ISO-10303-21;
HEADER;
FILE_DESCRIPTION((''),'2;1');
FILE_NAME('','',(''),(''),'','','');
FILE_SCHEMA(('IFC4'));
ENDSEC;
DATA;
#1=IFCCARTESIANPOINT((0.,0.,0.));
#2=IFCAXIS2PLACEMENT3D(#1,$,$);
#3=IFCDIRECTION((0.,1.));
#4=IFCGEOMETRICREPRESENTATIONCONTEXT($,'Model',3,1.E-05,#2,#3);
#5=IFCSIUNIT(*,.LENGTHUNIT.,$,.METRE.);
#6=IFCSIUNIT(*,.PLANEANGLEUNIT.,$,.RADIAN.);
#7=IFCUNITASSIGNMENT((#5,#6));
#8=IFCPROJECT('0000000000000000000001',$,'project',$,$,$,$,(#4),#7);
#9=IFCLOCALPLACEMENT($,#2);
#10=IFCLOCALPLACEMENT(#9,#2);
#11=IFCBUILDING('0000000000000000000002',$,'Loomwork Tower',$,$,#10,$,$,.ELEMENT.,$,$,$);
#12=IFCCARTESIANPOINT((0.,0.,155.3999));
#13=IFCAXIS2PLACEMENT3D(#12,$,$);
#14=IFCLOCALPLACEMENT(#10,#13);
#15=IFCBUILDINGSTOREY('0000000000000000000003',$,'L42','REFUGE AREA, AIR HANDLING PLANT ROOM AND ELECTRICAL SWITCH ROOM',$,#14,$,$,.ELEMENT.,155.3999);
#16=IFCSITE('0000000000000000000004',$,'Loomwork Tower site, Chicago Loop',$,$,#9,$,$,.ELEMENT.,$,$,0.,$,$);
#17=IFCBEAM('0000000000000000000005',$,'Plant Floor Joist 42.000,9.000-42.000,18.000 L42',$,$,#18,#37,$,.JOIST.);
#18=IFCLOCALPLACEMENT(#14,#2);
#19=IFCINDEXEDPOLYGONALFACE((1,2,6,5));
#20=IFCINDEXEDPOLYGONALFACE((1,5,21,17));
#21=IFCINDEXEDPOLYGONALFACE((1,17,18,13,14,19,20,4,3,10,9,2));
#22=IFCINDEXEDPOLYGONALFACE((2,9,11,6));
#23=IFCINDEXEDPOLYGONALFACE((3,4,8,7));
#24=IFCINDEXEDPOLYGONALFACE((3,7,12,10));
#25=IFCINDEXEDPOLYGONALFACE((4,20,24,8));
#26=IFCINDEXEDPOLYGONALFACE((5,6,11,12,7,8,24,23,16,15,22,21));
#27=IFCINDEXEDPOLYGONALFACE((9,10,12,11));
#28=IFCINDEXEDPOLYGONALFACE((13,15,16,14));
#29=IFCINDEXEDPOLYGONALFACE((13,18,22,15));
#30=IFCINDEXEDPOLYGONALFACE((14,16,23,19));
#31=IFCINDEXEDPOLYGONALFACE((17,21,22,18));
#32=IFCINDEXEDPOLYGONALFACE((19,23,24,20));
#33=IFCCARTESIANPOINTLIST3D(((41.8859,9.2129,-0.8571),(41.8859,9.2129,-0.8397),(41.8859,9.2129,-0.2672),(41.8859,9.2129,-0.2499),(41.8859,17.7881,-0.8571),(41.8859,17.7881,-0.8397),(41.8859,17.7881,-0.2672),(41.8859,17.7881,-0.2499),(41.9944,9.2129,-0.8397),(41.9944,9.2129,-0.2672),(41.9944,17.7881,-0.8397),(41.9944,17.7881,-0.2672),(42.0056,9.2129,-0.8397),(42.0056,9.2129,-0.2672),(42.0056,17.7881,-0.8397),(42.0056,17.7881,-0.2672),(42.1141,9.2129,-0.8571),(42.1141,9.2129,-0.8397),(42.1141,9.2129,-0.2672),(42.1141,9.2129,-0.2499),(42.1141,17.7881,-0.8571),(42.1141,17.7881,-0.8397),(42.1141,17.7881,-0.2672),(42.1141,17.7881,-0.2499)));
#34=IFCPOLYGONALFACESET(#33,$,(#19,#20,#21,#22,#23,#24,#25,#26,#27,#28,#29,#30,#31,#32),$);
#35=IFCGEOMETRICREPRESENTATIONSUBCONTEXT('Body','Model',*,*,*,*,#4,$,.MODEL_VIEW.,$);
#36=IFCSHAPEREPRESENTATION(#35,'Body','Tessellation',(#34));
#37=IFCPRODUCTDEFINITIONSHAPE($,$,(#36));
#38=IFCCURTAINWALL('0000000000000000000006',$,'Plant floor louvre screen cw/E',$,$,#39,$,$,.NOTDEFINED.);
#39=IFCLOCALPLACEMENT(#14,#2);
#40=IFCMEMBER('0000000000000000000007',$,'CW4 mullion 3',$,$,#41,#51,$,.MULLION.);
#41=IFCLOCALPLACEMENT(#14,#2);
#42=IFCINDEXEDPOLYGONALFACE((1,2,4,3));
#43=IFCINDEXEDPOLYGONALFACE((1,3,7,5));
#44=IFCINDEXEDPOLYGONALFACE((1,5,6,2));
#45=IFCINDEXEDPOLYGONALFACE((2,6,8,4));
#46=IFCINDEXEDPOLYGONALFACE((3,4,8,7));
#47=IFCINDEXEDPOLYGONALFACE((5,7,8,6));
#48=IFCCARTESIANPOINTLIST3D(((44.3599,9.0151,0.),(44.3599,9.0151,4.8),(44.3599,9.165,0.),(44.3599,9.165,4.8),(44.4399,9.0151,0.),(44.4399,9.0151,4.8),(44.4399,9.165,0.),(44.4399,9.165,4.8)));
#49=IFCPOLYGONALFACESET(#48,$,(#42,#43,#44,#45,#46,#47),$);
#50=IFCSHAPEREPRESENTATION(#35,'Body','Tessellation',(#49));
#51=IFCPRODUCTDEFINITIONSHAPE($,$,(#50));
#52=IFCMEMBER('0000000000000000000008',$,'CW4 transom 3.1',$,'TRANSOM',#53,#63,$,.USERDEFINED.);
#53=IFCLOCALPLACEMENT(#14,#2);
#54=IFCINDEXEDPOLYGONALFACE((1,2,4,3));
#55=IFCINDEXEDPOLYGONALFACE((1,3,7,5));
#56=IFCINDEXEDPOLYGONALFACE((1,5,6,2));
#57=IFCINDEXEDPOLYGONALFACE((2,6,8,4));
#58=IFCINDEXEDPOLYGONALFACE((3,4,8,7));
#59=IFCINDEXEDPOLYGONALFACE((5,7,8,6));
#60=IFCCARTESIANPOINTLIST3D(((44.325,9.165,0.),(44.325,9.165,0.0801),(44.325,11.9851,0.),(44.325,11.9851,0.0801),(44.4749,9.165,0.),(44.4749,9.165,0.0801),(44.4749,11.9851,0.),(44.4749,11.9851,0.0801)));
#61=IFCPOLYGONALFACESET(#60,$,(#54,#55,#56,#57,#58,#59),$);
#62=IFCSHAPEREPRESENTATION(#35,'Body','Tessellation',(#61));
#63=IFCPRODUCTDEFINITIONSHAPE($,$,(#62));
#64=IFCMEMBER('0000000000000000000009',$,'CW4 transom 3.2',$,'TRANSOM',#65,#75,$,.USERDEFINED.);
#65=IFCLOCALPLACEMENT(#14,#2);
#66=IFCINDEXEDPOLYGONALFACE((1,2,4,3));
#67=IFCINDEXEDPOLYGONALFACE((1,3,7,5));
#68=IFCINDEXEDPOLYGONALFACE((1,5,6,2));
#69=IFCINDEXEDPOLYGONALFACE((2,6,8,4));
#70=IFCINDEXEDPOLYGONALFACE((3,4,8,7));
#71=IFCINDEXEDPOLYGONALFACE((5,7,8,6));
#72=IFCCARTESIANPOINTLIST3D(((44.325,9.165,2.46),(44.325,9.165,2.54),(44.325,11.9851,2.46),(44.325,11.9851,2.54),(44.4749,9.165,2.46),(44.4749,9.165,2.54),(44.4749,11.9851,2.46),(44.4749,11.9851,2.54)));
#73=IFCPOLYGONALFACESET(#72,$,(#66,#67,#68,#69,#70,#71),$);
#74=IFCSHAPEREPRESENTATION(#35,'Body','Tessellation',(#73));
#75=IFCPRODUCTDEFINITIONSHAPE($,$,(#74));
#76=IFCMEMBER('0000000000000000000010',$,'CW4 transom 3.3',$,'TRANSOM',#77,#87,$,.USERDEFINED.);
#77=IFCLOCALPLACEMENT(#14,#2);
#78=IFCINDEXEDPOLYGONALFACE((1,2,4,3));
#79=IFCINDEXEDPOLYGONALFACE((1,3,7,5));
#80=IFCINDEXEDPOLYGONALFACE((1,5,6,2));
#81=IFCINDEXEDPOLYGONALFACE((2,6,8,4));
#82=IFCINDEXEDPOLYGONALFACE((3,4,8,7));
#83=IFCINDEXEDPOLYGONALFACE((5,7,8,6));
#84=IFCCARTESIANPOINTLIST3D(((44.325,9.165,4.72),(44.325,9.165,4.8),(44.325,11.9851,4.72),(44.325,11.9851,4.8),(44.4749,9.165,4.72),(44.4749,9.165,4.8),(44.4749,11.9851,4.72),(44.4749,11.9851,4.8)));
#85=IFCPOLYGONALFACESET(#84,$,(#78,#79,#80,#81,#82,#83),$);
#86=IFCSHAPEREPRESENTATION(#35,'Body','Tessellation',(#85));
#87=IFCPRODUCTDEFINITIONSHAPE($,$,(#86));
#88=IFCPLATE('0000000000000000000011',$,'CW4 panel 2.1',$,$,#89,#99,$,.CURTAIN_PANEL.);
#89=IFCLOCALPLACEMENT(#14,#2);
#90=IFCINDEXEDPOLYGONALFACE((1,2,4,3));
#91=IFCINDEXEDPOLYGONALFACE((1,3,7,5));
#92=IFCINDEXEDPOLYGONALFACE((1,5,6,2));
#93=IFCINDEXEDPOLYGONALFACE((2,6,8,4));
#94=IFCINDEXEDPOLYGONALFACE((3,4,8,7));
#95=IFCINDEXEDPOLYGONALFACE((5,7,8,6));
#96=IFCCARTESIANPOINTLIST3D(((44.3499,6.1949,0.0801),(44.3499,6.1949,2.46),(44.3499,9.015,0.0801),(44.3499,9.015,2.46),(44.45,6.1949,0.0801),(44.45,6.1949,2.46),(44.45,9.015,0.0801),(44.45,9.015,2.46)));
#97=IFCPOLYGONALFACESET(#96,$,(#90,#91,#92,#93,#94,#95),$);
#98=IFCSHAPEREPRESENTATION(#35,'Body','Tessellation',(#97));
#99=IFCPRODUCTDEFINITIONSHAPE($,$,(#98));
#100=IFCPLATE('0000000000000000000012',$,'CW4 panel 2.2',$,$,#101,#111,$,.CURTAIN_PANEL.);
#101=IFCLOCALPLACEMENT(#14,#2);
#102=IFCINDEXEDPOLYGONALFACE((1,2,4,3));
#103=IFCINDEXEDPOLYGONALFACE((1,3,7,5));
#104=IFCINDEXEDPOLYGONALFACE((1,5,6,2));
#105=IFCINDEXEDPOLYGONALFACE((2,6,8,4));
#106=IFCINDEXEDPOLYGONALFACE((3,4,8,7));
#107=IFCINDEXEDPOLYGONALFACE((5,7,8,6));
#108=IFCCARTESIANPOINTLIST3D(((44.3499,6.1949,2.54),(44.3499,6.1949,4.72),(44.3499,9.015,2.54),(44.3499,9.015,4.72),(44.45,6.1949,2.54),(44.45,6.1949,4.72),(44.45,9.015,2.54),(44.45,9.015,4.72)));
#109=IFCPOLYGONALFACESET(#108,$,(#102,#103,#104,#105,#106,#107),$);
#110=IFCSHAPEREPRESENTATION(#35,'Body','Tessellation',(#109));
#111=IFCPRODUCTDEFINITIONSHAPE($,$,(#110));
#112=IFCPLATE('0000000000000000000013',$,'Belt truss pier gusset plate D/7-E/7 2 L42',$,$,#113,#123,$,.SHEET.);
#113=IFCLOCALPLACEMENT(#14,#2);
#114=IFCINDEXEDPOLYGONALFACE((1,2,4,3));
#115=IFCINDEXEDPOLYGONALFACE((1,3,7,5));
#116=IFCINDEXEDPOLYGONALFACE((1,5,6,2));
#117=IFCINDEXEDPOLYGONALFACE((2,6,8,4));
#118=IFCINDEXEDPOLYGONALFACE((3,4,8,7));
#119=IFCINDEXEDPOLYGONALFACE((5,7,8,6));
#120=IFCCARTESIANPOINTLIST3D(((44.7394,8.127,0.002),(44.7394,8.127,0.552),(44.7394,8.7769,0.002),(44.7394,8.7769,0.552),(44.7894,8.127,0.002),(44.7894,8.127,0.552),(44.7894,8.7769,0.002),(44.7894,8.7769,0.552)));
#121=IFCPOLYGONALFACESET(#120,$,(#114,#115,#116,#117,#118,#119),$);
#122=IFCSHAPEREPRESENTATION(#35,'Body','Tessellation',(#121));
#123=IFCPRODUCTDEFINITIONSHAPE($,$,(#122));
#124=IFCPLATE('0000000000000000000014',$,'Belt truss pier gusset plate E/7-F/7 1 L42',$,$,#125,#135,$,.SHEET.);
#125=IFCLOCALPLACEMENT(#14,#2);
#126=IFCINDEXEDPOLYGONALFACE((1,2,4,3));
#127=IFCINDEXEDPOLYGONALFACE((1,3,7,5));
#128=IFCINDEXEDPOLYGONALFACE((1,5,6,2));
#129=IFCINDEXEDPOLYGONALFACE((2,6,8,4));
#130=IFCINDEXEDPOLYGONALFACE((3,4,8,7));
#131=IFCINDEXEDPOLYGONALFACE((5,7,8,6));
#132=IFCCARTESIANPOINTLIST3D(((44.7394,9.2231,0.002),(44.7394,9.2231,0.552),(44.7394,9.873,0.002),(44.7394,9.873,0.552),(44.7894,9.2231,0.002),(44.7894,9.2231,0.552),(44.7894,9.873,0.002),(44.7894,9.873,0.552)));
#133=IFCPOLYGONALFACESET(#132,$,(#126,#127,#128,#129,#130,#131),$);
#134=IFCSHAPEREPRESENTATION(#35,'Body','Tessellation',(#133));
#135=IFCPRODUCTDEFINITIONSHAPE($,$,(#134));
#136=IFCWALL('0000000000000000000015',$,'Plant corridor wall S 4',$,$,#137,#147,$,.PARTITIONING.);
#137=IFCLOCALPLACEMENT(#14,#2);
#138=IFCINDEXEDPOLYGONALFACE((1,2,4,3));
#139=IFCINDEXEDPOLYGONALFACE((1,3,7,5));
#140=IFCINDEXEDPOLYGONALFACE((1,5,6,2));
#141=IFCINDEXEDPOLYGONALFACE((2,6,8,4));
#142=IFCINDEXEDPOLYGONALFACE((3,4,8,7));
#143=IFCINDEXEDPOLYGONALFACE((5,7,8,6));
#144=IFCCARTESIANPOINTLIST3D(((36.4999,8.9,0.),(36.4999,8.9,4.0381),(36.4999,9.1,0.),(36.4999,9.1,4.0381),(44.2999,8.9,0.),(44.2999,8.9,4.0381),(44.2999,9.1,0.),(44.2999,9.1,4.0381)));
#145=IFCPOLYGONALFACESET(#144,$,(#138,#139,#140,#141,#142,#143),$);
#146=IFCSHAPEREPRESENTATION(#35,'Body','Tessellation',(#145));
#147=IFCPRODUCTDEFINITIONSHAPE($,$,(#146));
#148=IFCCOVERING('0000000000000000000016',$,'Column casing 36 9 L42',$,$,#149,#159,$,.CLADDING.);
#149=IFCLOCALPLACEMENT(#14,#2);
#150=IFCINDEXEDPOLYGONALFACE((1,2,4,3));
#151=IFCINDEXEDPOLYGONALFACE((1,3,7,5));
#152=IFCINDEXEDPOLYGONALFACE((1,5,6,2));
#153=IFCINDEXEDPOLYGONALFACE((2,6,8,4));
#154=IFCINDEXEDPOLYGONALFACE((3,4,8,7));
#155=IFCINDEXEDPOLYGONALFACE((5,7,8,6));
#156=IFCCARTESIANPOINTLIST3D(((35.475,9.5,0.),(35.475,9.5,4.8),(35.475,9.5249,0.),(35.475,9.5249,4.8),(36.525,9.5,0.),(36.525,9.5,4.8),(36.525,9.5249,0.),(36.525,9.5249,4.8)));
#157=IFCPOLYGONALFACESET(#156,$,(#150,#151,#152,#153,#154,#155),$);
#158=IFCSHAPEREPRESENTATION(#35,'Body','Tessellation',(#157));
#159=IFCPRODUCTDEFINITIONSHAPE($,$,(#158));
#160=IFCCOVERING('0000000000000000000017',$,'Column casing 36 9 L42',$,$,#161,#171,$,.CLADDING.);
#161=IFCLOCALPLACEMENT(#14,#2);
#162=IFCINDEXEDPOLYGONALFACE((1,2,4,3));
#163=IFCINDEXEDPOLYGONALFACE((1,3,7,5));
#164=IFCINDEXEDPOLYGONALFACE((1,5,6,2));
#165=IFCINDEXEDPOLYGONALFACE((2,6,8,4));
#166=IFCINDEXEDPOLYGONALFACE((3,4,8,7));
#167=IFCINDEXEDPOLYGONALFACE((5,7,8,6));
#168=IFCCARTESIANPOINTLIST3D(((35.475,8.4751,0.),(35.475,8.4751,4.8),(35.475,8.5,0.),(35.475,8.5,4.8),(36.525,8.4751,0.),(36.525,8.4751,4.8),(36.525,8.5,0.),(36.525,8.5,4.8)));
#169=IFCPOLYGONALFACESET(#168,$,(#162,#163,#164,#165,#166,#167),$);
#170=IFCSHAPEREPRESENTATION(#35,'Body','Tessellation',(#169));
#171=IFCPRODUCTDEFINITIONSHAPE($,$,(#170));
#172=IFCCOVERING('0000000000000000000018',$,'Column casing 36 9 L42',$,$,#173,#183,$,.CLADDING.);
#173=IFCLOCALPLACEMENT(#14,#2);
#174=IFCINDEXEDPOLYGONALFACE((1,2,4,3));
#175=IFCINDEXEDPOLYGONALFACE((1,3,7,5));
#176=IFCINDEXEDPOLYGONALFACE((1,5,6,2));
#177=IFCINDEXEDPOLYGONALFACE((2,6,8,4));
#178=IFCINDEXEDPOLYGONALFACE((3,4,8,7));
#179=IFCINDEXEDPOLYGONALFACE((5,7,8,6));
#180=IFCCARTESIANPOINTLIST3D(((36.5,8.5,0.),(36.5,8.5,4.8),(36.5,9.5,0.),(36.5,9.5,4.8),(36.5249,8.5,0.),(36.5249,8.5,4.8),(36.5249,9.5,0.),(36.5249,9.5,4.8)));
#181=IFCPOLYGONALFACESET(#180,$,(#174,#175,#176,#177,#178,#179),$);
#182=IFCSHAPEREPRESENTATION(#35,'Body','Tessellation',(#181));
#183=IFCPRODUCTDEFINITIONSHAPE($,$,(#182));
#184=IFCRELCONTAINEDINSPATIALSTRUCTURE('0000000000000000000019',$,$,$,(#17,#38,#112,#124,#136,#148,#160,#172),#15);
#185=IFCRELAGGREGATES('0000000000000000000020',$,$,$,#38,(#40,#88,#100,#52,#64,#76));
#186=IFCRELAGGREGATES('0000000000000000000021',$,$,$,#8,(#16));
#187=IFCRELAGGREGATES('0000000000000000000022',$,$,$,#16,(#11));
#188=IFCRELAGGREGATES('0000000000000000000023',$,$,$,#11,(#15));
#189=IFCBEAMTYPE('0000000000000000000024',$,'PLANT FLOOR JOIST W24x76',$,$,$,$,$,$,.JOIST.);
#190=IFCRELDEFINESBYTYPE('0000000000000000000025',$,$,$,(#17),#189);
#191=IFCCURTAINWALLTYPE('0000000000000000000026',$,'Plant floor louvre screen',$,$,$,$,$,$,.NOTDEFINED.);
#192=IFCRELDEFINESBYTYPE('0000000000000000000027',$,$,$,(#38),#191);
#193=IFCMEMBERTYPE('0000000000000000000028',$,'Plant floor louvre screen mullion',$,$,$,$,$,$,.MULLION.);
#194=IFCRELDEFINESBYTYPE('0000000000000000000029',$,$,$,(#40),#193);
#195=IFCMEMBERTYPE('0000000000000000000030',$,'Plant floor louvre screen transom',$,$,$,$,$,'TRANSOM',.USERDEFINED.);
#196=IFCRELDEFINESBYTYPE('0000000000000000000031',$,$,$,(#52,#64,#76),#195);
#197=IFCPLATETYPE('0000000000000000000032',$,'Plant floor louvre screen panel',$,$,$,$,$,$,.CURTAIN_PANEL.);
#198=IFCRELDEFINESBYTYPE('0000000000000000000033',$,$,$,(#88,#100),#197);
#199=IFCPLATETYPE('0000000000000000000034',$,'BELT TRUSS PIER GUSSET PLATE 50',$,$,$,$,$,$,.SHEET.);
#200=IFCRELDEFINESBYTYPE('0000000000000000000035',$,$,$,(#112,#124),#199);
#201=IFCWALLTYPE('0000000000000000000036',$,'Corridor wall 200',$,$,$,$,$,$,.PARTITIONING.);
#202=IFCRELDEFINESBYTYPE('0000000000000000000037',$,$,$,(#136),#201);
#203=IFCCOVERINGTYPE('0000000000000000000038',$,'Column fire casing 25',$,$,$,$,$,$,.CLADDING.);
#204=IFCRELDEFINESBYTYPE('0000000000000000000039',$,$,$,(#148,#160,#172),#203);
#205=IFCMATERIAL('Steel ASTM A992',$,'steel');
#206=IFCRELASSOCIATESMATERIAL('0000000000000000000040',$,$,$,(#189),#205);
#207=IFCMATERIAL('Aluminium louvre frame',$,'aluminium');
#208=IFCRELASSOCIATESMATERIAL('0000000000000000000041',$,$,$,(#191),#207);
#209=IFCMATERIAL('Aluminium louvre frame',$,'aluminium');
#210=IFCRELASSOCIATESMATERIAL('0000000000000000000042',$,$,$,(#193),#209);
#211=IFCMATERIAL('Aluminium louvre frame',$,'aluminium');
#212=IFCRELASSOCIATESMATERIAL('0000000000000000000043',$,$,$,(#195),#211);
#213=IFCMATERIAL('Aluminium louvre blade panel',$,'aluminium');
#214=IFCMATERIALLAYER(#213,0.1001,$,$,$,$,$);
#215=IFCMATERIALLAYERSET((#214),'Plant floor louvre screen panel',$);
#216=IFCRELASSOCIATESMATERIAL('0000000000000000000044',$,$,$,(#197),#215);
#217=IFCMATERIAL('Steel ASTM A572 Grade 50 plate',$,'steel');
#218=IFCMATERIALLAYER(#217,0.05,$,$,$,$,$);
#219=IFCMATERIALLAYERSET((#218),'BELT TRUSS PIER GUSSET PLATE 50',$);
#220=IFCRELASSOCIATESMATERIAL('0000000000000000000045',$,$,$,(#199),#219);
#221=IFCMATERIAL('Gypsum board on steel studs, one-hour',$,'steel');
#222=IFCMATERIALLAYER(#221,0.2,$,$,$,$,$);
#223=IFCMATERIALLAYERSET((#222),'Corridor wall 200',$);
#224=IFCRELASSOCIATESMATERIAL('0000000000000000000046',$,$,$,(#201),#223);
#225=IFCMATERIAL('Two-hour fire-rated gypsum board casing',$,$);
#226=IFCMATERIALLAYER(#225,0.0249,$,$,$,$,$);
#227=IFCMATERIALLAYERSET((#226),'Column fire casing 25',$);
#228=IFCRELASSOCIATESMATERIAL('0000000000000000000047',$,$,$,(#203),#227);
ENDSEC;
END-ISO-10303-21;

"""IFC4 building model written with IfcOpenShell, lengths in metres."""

from ifc_helpers import new_model, si_unit, direction, frame, frame_2d, origin, origin_2d, place, context, subcontext, project, spatial, rectangle, i_section, extrude, material, layer, layer_set, material_profile, profile_set, type_object, element, aggregate, save


model = new_model("IFC4")

# Units and contexts
model_context = context("Model", 3, precision=1e-05, world=origin(), true_north=direction((0.0, 1.0)))
body_context = subcontext(model_context, "Body", "Model", "MODEL_VIEW")
ifc_project = project(units=[si_unit("LENGTHUNIT", "METRE"), si_unit("PLANEANGLEUNIT", "RADIAN")], contexts=[model_context])

# Site, building, storey
site_placement = place(None, origin())
site = spatial("IfcSite", under=ifc_project, at=site_placement, Name="Loomwork Tower site, Chicago Loop", CompositionType="ELEMENT", RefElevation=0.0)
building_placement = place(site_placement, origin())
building = spatial("IfcBuilding", under=site, at=building_placement, Name="Loomwork Tower", CompositionType="ELEMENT")
storey_placement = place(building_placement, frame((0.0, 0.0, 155.3999)))
storey = spatial("IfcBuildingStorey", under=building, at=storey_placement, Name="L42", Description="REFUGE AREA, AIR HANDLING PLANT ROOM AND ELECTRICAL SWITCH ROOM", CompositionType="ELEMENT", Elevation=155.3999)

# Beam
ifc_material_1 = material(Name="Steel ASTM A992", Category="steel")
ifc_material_profile_1 = material_profile(ifc_material_1, i_section(OverallWidth=0.2283, OverallDepth=0.6072, WebThickness=0.0112, FlangeThickness=0.0173, at=origin_2d()), Name="W24x76")
ifc_profile_set_1 = profile_set([ifc_material_profile_1], Name="Steel ASTM A992")
beam_type_1 = type_object("IfcBeamType", Name="PLANT FLOOR JOIST W24x76", PredefinedType="JOIST", material=ifc_profile_set_1)
for number, where, z_axis, x_axis, name in (
    (1, (42.0, 9.2129, -0.5535), (0.0, 1.0, 0.0), (-1.0, 0.0, 0.0), "Plant Floor Joist 42.000,9.000-42.000,18.000 L42"),
):
    element("IfcBeam", number, at=place(storey_placement, frame(where, z_axis=z_axis, x_axis=x_axis)), inside=storey, type_object=beam_type_1, Name=name, PredefinedType="JOIST", context=body_context, shape_type="SweptSolid", body=[
        extrude(i_section(OverallWidth=0.2283, OverallDepth=0.6072, WebThickness=0.0112, FlangeThickness=0.0173, at=origin_2d()), origin(), (0.0, 0.0, 1.0), 8.5752),
    ])

# Curtain wall, members, plates
ifc_material_2 = material(Name="Aluminium louvre frame", Category="aluminium")
curtain_wall_type = type_object("IfcCurtainWallType", Name="Plant floor louvre screen", PredefinedType="NOTDEFINED", material=ifc_material_2)
curtain_wall_placement = place(storey_placement, origin())
curtain_wall = element("IfcCurtainWall", 2, at=curtain_wall_placement, inside=storey, type_object=curtain_wall_type, Name="Plant floor louvre screen cw/E", PredefinedType="NOTDEFINED")
ifc_material_3 = material(Name="Aluminium louvre frame", Category="aluminium")
ifc_material_profile_2 = material_profile(ifc_material_3, rectangle(XDim=0.0801, YDim=0.1499, at=origin_2d()), Name="AL 80x150")
ifc_profile_set_2 = profile_set([ifc_material_profile_2], Name="Aluminium louvre frame")
member_type_1 = type_object("IfcMemberType", Name="Plant floor louvre screen mullion", PredefinedType="MULLION", material=ifc_profile_set_2)
member_1_placement = place(storey_placement, frame((44.3999, 9.0901, 0.0), z_axis=(0.0, 0.0, 1.0), x_axis=(-1.0, 0.0, 0.0)))
member_1 = element("IfcMember", 3, at=member_1_placement, type_object=member_type_1, Name="CW4 mullion 3", PredefinedType="MULLION", context=body_context, shape_type="SweptSolid", body=[
    extrude(rectangle(XDim=0.0801, YDim=0.1499, at=origin_2d()), origin(), (0.0, 0.0, 1.0), 4.8),
])
ifc_material_4 = material(Name="Aluminium louvre frame", Category="aluminium")
ifc_material_profile_3 = material_profile(ifc_material_4, rectangle(XDim=0.1499, YDim=0.0801, at=origin_2d()), Name="AL 80x150")
ifc_profile_set_3 = profile_set([ifc_material_profile_3], Name="Aluminium louvre frame")
member_type_2 = type_object("IfcMemberType", Name="Plant floor louvre screen transom", ElementType="TRANSOM", PredefinedType="USERDEFINED", material=ifc_profile_set_3)
member_2_placement = place(storey_placement, frame((44.3999, 9.165, 0.04), z_axis=(0.0, 1.0, 0.0), x_axis=(-1.0, 0.0, 0.0)))
member_2 = element("IfcMember", 4, at=member_2_placement, type_object=member_type_2, Name="CW4 transom 3.1", ObjectType="TRANSOM", PredefinedType="USERDEFINED", context=body_context, shape_type="SweptSolid", body=[
    extrude(rectangle(XDim=0.1499, YDim=0.0801, at=origin_2d()), origin(), (0.0, 0.0, 1.0), 2.8201),
])
member_3_placement = place(storey_placement, frame((44.3999, 9.165, 2.5), z_axis=(0.0, 1.0, 0.0), x_axis=(-1.0, 0.0, 0.0)))
member_3 = element("IfcMember", 5, at=member_3_placement, type_object=member_type_2, Name="CW4 transom 3.2", ObjectType="TRANSOM", PredefinedType="USERDEFINED", context=body_context, shape_type="SweptSolid", body=[
    extrude(rectangle(XDim=0.1499, YDim=0.0801, at=origin_2d()), origin(), (0.0, 0.0, 1.0), 2.8201),
])
member_4_placement = place(storey_placement, frame((44.3999, 9.165, 4.76), z_axis=(0.0, 1.0, 0.0), x_axis=(-1.0, 0.0, 0.0)))
member_4 = element("IfcMember", 6, at=member_4_placement, type_object=member_type_2, Name="CW4 transom 3.3", ObjectType="TRANSOM", PredefinedType="USERDEFINED", context=body_context, shape_type="SweptSolid", body=[
    extrude(rectangle(XDim=0.1499, YDim=0.0801, at=origin_2d()), origin(), (0.0, 0.0, 1.0), 2.8201),
])
ifc_material_5 = material(Name="Aluminium louvre blade panel", Category="aluminium")
ifc_layer_1 = layer(ifc_material_5, 0.1001)
ifc_layer_set_1 = layer_set([ifc_layer_1], Name="Plant floor louvre screen panel")
plate_type_1 = type_object("IfcPlateType", Name="Plant floor louvre screen panel", PredefinedType="CURTAIN_PANEL", material=ifc_layer_set_1)
plate_1_placement = place(storey_placement, frame((44.3999, 7.605, 0.0801), z_axis=(0.0, 0.0, 1.0), x_axis=(0.0, 1.0, 0.0)))
plate_1 = element("IfcPlate", 7, at=plate_1_placement, type_object=plate_type_1, Name="CW4 panel 2.1", PredefinedType="CURTAIN_PANEL", context=body_context, shape_type="SweptSolid", body=[
    extrude(rectangle(XDim=2.8201, YDim=0.1001, at=origin_2d()), origin(), (0.0, 0.0, 1.0), 2.3799),
])
plate_2_placement = place(storey_placement, frame((44.3999, 7.605, 2.54), z_axis=(0.0, 0.0, 1.0), x_axis=(0.0, 1.0, 0.0)))
plate_2 = element("IfcPlate", 8, at=plate_2_placement, type_object=plate_type_1, Name="CW4 panel 2.2", PredefinedType="CURTAIN_PANEL", context=body_context, shape_type="SweptSolid", body=[
    extrude(rectangle(XDim=2.8201, YDim=0.1001, at=origin_2d()), origin(), (0.0, 0.0, 1.0), 2.1799),
])
aggregate(curtain_wall, [member_1, plate_1, plate_2, member_2, member_3, member_4])

# Plates
ifc_material_6 = material(Name="Steel ASTM A572 Grade 50 plate", Category="steel")
ifc_layer_2 = layer(ifc_material_6, 0.05)
ifc_layer_set_2 = layer_set([ifc_layer_2], Name="BELT TRUSS PIER GUSSET PLATE 50")
plate_type_2 = type_object("IfcPlateType", Name="BELT TRUSS PIER GUSSET PLATE 50", PredefinedType="SHEET", material=ifc_layer_set_2)
for number, where, z_axis, x_axis, name in (
    (9, (44.7644, 8.4519, 0.002), (0.0, 0.0, 1.0), (0.0, 1.0, 0.0), "Belt truss pier gusset plate D/7-E/7 2 L42"),
    (10, (44.7644, 9.5481, 0.002), (0.0, 0.0, 1.0), (0.0, 1.0, 0.0), "Belt truss pier gusset plate E/7-F/7 1 L42"),
):
    element("IfcPlate", number, at=place(storey_placement, frame(where, z_axis=z_axis, x_axis=x_axis)), inside=storey, type_object=plate_type_2, Name=name, PredefinedType="SHEET", context=body_context, shape_type="SweptSolid", body=[
        extrude(rectangle(XDim=0.6499, YDim=0.05, at=origin_2d()), origin(), (0.0, 0.0, 1.0), 0.55),
    ])

# Wall
ifc_material_7 = material(Name="Gypsum board on steel studs, one-hour", Category="steel")
ifc_layer_3 = layer(ifc_material_7, 0.2)
ifc_layer_set_3 = layer_set([ifc_layer_3], Name="Corridor wall 200")
wall_type = type_object("IfcWallType", Name="Corridor wall 200", PredefinedType="PARTITIONING", material=ifc_layer_set_3)
wall_placement = place(storey_placement, frame((36.5, 9.0, 0.0), z_axis=(0.0, 0.0, 1.0), x_axis=(1.0, 0.0, 0.0)))
element("IfcWall", 11, at=wall_placement, inside=storey, type_object=wall_type, Name="Plant corridor wall S 4", PredefinedType="PARTITIONING", context=body_context, shape_type="SweptSolid", body=[
    extrude(rectangle(XDim=7.8, YDim=0.2, at=frame_2d((3.8999, 0.0))), origin(), (0.0, 0.0, 1.0), 4.0381),
])

# Coverings
ifc_material_8 = material(Name="Two-hour fire-rated gypsum board casing")
ifc_layer_4 = layer(ifc_material_8, 0.0249)
ifc_layer_set_4 = layer_set([ifc_layer_4], Name="Column fire casing 25")
covering_type_1 = type_object("IfcCoveringType", Name="Column fire casing 25", PredefinedType="CLADDING", material=ifc_layer_set_4)
for number, where, z_axis, x_axis, name in (
    (12, (36.0, 9.5125, 0.0), (0.0, 0.0, 1.0), (1.0, 0.0, 0.0), "Column casing 36 9 L42"),
    (13, (36.0, 8.4875, 0.0), (0.0, 0.0, 1.0), (1.0, 0.0, 0.0), "Column casing 36 9 L42"),
):
    element("IfcCovering", number, at=place(storey_placement, frame(where, z_axis=z_axis, x_axis=x_axis)), inside=storey, type_object=covering_type_1, Name=name, PredefinedType="CLADDING", context=body_context, shape_type="SweptSolid", body=[
        extrude(rectangle(XDim=1.05, YDim=0.0249, at=origin_2d()), origin(), (0.0, 0.0, 1.0), 4.8),
    ])
covering_1_placement = place(storey_placement, frame((36.5125, 9.0, 0.0), z_axis=(0.0, 0.0, 1.0), x_axis=(1.0, 0.0, 0.0)))
element("IfcCovering", 14, at=covering_1_placement, inside=storey, type_object=covering_type_1, Name="Column casing 36 9 L42", PredefinedType="CLADDING", context=body_context, shape_type="SweptSolid", body=[
    extrude(rectangle(XDim=0.0249, YDim=1.0, at=origin_2d()), origin(), (0.0, 0.0, 1.0), 4.8),
])

save(model, "model.ifc")
